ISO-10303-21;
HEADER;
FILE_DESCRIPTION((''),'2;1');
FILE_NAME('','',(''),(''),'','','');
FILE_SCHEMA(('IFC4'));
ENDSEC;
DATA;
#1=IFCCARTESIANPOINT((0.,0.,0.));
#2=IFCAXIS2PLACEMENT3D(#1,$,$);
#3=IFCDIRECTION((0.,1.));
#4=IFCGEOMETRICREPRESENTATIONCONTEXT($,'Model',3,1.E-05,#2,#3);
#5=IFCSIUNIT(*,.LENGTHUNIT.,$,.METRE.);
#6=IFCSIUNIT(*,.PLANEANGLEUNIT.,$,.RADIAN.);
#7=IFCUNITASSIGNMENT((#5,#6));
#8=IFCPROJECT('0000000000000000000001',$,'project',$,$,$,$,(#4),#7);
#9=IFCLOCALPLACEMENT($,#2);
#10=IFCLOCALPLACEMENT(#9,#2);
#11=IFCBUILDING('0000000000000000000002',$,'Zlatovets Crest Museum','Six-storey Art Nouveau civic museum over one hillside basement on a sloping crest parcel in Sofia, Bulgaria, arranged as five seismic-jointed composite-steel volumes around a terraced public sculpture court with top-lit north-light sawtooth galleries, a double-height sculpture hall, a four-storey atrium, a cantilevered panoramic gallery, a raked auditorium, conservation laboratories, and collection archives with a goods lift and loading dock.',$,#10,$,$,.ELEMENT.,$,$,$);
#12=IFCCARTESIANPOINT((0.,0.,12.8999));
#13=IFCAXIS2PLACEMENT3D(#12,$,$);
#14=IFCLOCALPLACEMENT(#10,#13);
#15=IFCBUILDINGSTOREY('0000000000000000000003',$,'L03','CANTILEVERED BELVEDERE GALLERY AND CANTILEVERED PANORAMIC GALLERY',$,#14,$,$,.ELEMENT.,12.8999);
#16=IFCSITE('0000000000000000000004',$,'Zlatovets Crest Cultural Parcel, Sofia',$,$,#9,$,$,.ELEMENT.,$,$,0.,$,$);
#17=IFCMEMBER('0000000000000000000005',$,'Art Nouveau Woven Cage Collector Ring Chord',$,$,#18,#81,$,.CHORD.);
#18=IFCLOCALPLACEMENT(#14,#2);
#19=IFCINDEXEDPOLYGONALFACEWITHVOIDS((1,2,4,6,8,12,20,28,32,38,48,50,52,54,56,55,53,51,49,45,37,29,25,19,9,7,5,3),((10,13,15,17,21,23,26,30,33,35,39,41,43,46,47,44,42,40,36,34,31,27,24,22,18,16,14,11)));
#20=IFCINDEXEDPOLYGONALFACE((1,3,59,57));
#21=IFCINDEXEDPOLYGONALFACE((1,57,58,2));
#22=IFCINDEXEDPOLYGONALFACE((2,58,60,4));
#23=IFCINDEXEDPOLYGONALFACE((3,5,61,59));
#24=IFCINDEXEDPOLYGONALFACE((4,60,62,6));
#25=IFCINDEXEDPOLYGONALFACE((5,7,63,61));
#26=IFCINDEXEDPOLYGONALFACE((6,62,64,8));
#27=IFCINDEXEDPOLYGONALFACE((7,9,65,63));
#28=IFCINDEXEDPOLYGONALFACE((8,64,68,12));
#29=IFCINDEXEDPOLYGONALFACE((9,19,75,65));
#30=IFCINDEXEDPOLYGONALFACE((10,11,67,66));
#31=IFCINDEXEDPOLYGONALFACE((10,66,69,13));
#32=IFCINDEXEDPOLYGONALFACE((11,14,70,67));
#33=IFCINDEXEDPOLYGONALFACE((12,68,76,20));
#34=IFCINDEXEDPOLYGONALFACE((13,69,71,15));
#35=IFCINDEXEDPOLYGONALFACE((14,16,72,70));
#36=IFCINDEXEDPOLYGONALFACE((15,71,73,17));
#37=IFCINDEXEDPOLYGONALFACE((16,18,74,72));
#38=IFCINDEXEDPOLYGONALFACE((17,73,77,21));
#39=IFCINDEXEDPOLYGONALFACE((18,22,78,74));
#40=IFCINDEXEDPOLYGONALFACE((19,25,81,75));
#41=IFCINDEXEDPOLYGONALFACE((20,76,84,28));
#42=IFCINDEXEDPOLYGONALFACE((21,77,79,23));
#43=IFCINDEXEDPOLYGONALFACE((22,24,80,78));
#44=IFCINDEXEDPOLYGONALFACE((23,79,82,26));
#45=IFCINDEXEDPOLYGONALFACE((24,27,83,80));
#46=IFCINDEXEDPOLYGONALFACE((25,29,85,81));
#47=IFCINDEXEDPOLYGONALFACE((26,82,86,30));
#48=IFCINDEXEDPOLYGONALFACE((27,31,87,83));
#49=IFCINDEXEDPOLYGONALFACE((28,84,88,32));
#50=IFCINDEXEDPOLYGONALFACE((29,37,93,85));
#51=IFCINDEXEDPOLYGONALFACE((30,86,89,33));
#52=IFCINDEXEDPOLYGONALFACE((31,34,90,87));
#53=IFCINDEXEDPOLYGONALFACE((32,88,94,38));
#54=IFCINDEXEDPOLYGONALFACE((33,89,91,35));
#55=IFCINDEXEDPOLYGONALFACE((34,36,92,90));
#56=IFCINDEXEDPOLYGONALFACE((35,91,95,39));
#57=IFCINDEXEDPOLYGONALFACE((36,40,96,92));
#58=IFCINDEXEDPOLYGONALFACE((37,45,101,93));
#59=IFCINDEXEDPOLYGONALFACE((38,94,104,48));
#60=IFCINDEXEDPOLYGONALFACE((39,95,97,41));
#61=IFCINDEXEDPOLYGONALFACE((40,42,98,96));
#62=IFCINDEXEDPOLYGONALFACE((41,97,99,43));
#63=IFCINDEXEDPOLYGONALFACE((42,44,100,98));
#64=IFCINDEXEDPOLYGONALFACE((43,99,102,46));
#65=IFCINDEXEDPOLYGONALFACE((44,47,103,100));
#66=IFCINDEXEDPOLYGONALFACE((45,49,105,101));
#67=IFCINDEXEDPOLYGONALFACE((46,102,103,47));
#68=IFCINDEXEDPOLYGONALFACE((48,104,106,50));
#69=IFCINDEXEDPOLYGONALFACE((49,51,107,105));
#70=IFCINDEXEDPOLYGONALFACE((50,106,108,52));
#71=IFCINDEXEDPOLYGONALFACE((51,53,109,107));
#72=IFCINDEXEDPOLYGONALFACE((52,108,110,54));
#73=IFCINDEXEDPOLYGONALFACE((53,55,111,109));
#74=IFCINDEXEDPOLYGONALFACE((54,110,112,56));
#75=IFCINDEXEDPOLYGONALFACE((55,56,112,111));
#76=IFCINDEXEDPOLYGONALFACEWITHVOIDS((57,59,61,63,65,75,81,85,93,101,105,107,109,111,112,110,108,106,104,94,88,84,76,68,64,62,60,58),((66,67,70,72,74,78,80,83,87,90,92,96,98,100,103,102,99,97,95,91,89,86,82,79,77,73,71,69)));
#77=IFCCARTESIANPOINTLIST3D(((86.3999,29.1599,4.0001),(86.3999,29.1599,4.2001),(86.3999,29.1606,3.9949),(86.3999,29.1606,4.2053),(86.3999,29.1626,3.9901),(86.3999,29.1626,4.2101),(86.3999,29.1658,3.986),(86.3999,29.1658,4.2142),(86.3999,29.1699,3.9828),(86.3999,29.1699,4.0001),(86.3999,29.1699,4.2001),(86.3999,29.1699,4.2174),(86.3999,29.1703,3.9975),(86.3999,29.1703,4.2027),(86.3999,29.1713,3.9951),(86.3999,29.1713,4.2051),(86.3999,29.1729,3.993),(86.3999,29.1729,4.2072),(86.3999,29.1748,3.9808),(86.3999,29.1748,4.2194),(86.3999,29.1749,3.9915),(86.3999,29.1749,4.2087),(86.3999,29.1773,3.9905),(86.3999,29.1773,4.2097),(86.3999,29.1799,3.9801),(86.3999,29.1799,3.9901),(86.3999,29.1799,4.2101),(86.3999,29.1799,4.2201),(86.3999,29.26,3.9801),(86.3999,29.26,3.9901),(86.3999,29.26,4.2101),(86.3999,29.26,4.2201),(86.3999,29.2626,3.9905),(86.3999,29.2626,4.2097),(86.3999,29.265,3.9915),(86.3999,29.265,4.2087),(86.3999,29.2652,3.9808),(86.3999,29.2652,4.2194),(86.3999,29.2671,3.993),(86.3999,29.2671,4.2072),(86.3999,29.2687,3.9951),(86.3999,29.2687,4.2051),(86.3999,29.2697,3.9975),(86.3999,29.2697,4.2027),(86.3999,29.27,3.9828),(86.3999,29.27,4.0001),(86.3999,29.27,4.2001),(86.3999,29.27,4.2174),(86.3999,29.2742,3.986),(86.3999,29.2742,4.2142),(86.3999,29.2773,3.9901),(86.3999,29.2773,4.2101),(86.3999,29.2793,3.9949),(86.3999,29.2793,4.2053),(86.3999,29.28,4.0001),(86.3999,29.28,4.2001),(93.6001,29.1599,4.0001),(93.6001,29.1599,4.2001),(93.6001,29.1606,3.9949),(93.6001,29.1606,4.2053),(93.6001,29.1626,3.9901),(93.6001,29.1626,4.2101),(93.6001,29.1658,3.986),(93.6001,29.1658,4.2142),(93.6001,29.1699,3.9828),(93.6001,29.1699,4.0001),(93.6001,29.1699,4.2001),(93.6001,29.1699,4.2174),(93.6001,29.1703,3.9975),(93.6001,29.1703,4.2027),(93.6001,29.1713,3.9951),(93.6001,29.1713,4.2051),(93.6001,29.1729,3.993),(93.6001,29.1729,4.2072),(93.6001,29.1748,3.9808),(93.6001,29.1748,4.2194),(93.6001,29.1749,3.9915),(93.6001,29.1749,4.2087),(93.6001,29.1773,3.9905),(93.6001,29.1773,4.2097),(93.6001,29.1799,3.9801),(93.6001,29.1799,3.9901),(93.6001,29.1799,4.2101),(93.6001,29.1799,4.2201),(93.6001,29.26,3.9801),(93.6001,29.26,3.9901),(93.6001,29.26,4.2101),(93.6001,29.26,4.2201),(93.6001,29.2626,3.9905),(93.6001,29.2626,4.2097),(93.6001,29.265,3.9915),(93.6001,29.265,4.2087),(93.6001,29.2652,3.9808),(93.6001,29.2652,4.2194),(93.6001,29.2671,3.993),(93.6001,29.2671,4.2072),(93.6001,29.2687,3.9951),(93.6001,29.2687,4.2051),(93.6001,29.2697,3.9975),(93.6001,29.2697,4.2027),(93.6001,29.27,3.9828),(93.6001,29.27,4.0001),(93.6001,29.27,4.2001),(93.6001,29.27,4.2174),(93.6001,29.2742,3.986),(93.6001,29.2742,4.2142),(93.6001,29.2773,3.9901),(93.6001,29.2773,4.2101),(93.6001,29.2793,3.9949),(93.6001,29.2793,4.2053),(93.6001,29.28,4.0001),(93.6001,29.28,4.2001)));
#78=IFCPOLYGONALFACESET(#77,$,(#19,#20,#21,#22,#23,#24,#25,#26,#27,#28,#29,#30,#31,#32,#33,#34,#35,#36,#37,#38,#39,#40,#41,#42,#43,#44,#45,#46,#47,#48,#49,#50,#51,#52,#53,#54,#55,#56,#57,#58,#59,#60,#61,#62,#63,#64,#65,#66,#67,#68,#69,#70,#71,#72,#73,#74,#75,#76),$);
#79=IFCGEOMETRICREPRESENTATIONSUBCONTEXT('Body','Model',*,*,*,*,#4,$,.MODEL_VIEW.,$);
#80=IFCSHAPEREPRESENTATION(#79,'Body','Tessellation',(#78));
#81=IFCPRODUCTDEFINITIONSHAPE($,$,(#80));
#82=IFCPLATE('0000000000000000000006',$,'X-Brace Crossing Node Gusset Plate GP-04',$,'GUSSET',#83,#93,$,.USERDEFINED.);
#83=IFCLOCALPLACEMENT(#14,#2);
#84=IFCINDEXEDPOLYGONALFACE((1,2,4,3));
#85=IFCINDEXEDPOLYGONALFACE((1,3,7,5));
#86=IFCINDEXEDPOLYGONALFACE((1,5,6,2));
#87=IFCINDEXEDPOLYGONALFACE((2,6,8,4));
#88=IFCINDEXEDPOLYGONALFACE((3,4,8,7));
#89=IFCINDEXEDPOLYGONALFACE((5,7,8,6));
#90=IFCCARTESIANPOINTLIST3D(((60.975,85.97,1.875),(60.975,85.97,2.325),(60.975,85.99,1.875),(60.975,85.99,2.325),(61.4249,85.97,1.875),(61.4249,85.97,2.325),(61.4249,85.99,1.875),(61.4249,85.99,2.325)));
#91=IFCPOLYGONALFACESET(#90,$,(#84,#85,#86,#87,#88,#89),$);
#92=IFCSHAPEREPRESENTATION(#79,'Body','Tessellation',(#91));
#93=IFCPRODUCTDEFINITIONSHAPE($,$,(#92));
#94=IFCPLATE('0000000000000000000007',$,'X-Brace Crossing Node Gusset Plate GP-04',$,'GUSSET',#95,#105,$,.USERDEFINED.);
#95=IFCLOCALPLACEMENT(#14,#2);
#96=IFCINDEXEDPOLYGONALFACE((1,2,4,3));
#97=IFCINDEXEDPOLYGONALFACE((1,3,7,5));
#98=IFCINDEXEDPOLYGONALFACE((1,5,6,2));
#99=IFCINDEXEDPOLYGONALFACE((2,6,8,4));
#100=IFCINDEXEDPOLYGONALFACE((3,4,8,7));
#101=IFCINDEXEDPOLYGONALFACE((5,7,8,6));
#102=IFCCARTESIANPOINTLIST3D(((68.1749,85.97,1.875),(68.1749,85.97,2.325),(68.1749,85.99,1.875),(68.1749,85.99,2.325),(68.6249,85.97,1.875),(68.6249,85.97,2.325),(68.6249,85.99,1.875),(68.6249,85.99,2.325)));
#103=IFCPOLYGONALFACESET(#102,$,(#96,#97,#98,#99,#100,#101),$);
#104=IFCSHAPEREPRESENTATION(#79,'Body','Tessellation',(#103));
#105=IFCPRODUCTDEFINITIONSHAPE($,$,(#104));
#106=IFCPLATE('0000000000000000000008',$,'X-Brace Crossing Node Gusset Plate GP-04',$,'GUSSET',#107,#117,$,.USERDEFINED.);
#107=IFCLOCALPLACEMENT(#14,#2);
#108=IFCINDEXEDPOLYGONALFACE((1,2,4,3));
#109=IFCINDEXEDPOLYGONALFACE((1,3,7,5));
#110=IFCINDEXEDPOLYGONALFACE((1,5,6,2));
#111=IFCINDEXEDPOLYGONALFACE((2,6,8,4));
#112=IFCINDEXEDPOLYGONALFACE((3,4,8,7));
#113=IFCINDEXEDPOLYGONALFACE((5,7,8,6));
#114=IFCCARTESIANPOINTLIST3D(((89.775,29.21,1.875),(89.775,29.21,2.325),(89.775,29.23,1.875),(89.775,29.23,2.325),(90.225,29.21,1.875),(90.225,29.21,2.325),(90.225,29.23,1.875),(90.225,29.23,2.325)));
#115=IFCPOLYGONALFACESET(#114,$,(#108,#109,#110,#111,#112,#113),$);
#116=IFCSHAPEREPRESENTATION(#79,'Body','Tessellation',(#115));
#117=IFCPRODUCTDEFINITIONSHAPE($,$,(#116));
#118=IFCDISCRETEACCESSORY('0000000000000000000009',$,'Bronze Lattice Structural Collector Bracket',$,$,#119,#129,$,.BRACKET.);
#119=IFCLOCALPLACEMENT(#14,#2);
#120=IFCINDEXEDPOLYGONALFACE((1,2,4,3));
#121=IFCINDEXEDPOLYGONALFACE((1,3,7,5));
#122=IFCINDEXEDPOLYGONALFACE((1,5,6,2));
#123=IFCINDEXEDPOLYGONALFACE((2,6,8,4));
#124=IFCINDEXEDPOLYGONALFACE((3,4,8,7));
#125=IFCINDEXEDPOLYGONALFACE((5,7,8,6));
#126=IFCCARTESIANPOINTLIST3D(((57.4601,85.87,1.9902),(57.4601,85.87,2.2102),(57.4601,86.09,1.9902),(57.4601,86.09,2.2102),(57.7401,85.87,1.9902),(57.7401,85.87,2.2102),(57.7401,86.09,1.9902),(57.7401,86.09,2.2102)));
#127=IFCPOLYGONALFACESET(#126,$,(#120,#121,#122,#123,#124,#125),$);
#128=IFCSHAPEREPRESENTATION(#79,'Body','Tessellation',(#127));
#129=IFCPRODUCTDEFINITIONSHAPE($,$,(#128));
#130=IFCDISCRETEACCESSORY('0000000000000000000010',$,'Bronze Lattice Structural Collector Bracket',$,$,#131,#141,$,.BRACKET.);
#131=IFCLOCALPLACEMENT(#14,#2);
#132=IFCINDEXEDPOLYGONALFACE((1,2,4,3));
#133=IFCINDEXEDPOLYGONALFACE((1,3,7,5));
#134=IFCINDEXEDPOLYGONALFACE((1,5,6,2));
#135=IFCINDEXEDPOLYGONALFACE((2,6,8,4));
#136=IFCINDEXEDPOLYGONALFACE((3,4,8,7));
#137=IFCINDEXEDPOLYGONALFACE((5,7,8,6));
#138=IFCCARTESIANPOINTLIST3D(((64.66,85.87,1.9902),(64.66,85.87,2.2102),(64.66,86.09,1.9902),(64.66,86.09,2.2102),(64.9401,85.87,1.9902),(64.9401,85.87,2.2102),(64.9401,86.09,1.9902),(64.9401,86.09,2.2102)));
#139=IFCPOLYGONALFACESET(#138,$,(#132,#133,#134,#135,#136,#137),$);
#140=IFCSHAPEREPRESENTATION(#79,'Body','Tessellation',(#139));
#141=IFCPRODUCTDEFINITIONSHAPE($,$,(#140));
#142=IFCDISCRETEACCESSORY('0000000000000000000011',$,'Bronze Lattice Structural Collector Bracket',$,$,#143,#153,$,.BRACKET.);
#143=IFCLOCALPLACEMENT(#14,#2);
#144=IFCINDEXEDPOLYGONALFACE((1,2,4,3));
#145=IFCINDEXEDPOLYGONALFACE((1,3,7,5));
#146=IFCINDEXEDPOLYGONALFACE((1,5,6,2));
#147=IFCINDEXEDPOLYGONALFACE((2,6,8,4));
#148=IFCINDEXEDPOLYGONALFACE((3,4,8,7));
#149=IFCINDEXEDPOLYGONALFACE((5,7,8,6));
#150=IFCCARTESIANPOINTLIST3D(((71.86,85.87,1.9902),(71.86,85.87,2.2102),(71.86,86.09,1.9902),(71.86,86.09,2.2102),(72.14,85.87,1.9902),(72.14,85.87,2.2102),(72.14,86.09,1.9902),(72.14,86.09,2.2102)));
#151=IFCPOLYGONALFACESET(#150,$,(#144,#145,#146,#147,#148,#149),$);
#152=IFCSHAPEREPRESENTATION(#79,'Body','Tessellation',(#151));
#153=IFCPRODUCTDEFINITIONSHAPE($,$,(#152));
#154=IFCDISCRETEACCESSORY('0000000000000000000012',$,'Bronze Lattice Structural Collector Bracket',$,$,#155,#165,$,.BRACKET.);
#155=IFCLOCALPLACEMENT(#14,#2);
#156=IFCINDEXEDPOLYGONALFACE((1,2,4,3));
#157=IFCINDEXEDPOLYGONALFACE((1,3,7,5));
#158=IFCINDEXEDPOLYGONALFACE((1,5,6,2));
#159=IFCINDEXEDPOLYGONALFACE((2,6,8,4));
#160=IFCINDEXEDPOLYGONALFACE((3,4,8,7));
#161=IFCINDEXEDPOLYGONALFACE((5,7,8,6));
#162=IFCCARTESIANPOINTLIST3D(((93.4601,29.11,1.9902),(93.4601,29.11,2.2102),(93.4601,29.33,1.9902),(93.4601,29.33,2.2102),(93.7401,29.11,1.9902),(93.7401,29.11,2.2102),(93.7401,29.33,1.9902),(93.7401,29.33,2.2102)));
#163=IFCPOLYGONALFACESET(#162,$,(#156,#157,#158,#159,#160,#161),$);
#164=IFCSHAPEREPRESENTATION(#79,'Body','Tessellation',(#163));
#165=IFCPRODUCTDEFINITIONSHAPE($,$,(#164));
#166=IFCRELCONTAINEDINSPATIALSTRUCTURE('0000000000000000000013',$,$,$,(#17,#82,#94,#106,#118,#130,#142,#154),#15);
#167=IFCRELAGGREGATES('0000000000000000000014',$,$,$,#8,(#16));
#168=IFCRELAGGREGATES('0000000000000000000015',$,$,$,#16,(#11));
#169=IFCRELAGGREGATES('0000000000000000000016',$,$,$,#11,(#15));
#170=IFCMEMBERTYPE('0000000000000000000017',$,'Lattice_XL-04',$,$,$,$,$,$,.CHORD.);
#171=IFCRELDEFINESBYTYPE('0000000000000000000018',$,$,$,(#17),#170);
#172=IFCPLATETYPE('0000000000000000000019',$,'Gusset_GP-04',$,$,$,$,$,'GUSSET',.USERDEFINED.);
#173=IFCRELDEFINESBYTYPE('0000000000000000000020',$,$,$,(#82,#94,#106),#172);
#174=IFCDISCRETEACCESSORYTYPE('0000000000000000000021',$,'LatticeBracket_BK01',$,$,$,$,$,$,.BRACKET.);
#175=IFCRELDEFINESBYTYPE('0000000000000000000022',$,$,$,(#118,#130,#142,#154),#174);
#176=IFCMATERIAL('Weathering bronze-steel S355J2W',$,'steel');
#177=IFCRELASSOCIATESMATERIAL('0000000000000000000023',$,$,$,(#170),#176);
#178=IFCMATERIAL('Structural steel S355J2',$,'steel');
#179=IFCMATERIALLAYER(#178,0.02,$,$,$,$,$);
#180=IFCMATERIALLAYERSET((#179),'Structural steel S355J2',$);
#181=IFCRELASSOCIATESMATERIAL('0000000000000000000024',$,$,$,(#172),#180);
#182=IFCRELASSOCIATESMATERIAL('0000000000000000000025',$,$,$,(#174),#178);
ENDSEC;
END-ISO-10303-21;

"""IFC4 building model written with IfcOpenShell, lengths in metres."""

from ifc_helpers import new_model, si_unit, direction, frame, origin, origin_2d, place, context, subcontext, project, spatial, rectangle, hollow_rectangle, extrude, material, layer, layer_set, material_profile, profile_set, type_object, element, save


model = new_model("IFC4")

# Units and contexts
model_context = context("Model", 3, precision=1e-05, world=origin(), true_north=direction((0.0, 1.0)))
body_context = subcontext(model_context, "Body", "Model", "MODEL_VIEW")
ifc_project = project(units=[si_unit("LENGTHUNIT", "METRE"), si_unit("PLANEANGLEUNIT", "RADIAN")], contexts=[model_context])

# Site, building, storey
site_placement = place(None, origin())
site = spatial("IfcSite", under=ifc_project, at=site_placement, Name="Zlatovets Crest Cultural Parcel, Sofia", CompositionType="ELEMENT", RefElevation=0.0)
building_placement = place(site_placement, origin())
building = spatial("IfcBuilding", under=site, at=building_placement, Name="Zlatovets Crest Museum", Description="Six-storey Art Nouveau civic museum over one hillside basement on a sloping crest parcel in Sofia, Bulgaria, arranged as five seismic-jointed composite-steel volumes around a terraced public sculpture court with top-lit north-light sawtooth galleries, a double-height sculpture hall, a four-storey atrium, a cantilevered panoramic gallery, a raked auditorium, conservation laboratories, and collection archives with a goods lift and loading dock.", CompositionType="ELEMENT")
storey_placement = place(building_placement, frame((0.0, 0.0, 12.8999)))
storey = spatial("IfcBuildingStorey", under=building, at=storey_placement, Name="L03", Description="CANTILEVERED BELVEDERE GALLERY AND CANTILEVERED PANORAMIC GALLERY", CompositionType="ELEMENT", Elevation=12.8999)

# Member
ifc_material_1 = material(Name="Weathering bronze-steel S355J2W", Category="steel")
ifc_material_profile_1 = material_profile(ifc_material_1, hollow_rectangle(XDim=0.1201, YDim=0.24, WallThickness=0.01, InnerFilletRadius=0.01, OuterFilletRadius=0.02, at=origin_2d()), Name="RHS 120x240x10.0")
ifc_profile_set_1 = profile_set([ifc_material_profile_1], Name="Weathering bronze-steel S355J2W")
member_type_1 = type_object("IfcMemberType", Name="Lattice_XL-04", PredefinedType="CHORD", material=ifc_profile_set_1)
member_1_placement = place(storey_placement, frame((93.6001, 29.22, 4.1001), z_axis=(-1.0, 0.0, 0.0), x_axis=(0.0, -1.0, 0.0)))
element("IfcMember", 1, at=member_1_placement, inside=storey, type_object=member_type_1, Name="Art Nouveau Woven Cage Collector Ring Chord", PredefinedType="CHORD", context=body_context, shape_type="SweptSolid", body=[
    extrude(hollow_rectangle(XDim=0.1201, YDim=0.24, WallThickness=0.01, InnerFilletRadius=0.01, OuterFilletRadius=0.02, at=origin_2d()), origin(), (0.0, 0.0, 1.0), 7.2002),
])

# Plates
ifc_material_2 = material(Name="Structural steel S355J2", Category="steel")
ifc_layer = layer(ifc_material_2, 0.02)
ifc_layer_set = layer_set([ifc_layer], Name="Structural steel S355J2")
plate_type = type_object("IfcPlateType", Name="Gusset_GP-04", ElementType="GUSSET", PredefinedType="USERDEFINED", material=ifc_layer_set)
for number, where, z_axis, x_axis, name in (
    (2, (61.2, 85.98, 1.875), (0.0, 0.0, 1.0), (1.0, 0.0, 0.0), "X-Brace Crossing Node Gusset Plate GP-04"),
    (3, (68.3999, 85.98, 1.875), (0.0, 0.0, 1.0), (1.0, 0.0, 0.0), "X-Brace Crossing Node Gusset Plate GP-04"),
    (4, (90.0, 29.22, 1.875), (0.0, 0.0, 1.0), (1.0, 0.0, 0.0), "X-Brace Crossing Node Gusset Plate GP-04"),
):
    element("IfcPlate", number, at=place(storey_placement, frame(where, z_axis=z_axis, x_axis=x_axis)), inside=storey, type_object=plate_type, Name=name, ObjectType="GUSSET", PredefinedType="USERDEFINED", context=body_context, shape_type="SweptSolid", body=[
        extrude(rectangle(XDim=0.45, YDim=0.02, at=origin_2d()), origin(), (0.0, 0.0, 1.0), 0.45),
    ])

# Discrete accessories
discrete_accessory_type = type_object("IfcDiscreteAccessoryType", Name="LatticeBracket_BK01", PredefinedType="BRACKET", material=ifc_material_2)
for number, where, z_axis, x_axis, name in (
    (5, (57.6001, 85.98, 1.9902), (0.0, 0.0, 1.0), (1.0, 0.0, 0.0), "Bronze Lattice Structural Collector Bracket"),
    (6, (64.8, 85.98, 1.9902), (0.0, 0.0, 1.0), (1.0, 0.0, 0.0), "Bronze Lattice Structural Collector Bracket"),
    (7, (72.0, 85.98, 1.9902), (0.0, 0.0, 1.0), (1.0, 0.0, 0.0), "Bronze Lattice Structural Collector Bracket"),
    (8, (93.6001, 29.22, 1.9902), (0.0, 0.0, 1.0), (1.0, 0.0, 0.0), "Bronze Lattice Structural Collector Bracket"),
):
    element("IfcDiscreteAccessory", number, at=place(storey_placement, frame(where, z_axis=z_axis, x_axis=x_axis)), inside=storey, type_object=discrete_accessory_type, Name=name, PredefinedType="BRACKET", context=body_context, shape_type="SweptSolid", body=[
        extrude(rectangle(XDim=0.28, YDim=0.22, at=origin_2d()), origin(), (0.0, 0.0, 1.0), 0.22),
    ])

save(model, "model.ifc")
